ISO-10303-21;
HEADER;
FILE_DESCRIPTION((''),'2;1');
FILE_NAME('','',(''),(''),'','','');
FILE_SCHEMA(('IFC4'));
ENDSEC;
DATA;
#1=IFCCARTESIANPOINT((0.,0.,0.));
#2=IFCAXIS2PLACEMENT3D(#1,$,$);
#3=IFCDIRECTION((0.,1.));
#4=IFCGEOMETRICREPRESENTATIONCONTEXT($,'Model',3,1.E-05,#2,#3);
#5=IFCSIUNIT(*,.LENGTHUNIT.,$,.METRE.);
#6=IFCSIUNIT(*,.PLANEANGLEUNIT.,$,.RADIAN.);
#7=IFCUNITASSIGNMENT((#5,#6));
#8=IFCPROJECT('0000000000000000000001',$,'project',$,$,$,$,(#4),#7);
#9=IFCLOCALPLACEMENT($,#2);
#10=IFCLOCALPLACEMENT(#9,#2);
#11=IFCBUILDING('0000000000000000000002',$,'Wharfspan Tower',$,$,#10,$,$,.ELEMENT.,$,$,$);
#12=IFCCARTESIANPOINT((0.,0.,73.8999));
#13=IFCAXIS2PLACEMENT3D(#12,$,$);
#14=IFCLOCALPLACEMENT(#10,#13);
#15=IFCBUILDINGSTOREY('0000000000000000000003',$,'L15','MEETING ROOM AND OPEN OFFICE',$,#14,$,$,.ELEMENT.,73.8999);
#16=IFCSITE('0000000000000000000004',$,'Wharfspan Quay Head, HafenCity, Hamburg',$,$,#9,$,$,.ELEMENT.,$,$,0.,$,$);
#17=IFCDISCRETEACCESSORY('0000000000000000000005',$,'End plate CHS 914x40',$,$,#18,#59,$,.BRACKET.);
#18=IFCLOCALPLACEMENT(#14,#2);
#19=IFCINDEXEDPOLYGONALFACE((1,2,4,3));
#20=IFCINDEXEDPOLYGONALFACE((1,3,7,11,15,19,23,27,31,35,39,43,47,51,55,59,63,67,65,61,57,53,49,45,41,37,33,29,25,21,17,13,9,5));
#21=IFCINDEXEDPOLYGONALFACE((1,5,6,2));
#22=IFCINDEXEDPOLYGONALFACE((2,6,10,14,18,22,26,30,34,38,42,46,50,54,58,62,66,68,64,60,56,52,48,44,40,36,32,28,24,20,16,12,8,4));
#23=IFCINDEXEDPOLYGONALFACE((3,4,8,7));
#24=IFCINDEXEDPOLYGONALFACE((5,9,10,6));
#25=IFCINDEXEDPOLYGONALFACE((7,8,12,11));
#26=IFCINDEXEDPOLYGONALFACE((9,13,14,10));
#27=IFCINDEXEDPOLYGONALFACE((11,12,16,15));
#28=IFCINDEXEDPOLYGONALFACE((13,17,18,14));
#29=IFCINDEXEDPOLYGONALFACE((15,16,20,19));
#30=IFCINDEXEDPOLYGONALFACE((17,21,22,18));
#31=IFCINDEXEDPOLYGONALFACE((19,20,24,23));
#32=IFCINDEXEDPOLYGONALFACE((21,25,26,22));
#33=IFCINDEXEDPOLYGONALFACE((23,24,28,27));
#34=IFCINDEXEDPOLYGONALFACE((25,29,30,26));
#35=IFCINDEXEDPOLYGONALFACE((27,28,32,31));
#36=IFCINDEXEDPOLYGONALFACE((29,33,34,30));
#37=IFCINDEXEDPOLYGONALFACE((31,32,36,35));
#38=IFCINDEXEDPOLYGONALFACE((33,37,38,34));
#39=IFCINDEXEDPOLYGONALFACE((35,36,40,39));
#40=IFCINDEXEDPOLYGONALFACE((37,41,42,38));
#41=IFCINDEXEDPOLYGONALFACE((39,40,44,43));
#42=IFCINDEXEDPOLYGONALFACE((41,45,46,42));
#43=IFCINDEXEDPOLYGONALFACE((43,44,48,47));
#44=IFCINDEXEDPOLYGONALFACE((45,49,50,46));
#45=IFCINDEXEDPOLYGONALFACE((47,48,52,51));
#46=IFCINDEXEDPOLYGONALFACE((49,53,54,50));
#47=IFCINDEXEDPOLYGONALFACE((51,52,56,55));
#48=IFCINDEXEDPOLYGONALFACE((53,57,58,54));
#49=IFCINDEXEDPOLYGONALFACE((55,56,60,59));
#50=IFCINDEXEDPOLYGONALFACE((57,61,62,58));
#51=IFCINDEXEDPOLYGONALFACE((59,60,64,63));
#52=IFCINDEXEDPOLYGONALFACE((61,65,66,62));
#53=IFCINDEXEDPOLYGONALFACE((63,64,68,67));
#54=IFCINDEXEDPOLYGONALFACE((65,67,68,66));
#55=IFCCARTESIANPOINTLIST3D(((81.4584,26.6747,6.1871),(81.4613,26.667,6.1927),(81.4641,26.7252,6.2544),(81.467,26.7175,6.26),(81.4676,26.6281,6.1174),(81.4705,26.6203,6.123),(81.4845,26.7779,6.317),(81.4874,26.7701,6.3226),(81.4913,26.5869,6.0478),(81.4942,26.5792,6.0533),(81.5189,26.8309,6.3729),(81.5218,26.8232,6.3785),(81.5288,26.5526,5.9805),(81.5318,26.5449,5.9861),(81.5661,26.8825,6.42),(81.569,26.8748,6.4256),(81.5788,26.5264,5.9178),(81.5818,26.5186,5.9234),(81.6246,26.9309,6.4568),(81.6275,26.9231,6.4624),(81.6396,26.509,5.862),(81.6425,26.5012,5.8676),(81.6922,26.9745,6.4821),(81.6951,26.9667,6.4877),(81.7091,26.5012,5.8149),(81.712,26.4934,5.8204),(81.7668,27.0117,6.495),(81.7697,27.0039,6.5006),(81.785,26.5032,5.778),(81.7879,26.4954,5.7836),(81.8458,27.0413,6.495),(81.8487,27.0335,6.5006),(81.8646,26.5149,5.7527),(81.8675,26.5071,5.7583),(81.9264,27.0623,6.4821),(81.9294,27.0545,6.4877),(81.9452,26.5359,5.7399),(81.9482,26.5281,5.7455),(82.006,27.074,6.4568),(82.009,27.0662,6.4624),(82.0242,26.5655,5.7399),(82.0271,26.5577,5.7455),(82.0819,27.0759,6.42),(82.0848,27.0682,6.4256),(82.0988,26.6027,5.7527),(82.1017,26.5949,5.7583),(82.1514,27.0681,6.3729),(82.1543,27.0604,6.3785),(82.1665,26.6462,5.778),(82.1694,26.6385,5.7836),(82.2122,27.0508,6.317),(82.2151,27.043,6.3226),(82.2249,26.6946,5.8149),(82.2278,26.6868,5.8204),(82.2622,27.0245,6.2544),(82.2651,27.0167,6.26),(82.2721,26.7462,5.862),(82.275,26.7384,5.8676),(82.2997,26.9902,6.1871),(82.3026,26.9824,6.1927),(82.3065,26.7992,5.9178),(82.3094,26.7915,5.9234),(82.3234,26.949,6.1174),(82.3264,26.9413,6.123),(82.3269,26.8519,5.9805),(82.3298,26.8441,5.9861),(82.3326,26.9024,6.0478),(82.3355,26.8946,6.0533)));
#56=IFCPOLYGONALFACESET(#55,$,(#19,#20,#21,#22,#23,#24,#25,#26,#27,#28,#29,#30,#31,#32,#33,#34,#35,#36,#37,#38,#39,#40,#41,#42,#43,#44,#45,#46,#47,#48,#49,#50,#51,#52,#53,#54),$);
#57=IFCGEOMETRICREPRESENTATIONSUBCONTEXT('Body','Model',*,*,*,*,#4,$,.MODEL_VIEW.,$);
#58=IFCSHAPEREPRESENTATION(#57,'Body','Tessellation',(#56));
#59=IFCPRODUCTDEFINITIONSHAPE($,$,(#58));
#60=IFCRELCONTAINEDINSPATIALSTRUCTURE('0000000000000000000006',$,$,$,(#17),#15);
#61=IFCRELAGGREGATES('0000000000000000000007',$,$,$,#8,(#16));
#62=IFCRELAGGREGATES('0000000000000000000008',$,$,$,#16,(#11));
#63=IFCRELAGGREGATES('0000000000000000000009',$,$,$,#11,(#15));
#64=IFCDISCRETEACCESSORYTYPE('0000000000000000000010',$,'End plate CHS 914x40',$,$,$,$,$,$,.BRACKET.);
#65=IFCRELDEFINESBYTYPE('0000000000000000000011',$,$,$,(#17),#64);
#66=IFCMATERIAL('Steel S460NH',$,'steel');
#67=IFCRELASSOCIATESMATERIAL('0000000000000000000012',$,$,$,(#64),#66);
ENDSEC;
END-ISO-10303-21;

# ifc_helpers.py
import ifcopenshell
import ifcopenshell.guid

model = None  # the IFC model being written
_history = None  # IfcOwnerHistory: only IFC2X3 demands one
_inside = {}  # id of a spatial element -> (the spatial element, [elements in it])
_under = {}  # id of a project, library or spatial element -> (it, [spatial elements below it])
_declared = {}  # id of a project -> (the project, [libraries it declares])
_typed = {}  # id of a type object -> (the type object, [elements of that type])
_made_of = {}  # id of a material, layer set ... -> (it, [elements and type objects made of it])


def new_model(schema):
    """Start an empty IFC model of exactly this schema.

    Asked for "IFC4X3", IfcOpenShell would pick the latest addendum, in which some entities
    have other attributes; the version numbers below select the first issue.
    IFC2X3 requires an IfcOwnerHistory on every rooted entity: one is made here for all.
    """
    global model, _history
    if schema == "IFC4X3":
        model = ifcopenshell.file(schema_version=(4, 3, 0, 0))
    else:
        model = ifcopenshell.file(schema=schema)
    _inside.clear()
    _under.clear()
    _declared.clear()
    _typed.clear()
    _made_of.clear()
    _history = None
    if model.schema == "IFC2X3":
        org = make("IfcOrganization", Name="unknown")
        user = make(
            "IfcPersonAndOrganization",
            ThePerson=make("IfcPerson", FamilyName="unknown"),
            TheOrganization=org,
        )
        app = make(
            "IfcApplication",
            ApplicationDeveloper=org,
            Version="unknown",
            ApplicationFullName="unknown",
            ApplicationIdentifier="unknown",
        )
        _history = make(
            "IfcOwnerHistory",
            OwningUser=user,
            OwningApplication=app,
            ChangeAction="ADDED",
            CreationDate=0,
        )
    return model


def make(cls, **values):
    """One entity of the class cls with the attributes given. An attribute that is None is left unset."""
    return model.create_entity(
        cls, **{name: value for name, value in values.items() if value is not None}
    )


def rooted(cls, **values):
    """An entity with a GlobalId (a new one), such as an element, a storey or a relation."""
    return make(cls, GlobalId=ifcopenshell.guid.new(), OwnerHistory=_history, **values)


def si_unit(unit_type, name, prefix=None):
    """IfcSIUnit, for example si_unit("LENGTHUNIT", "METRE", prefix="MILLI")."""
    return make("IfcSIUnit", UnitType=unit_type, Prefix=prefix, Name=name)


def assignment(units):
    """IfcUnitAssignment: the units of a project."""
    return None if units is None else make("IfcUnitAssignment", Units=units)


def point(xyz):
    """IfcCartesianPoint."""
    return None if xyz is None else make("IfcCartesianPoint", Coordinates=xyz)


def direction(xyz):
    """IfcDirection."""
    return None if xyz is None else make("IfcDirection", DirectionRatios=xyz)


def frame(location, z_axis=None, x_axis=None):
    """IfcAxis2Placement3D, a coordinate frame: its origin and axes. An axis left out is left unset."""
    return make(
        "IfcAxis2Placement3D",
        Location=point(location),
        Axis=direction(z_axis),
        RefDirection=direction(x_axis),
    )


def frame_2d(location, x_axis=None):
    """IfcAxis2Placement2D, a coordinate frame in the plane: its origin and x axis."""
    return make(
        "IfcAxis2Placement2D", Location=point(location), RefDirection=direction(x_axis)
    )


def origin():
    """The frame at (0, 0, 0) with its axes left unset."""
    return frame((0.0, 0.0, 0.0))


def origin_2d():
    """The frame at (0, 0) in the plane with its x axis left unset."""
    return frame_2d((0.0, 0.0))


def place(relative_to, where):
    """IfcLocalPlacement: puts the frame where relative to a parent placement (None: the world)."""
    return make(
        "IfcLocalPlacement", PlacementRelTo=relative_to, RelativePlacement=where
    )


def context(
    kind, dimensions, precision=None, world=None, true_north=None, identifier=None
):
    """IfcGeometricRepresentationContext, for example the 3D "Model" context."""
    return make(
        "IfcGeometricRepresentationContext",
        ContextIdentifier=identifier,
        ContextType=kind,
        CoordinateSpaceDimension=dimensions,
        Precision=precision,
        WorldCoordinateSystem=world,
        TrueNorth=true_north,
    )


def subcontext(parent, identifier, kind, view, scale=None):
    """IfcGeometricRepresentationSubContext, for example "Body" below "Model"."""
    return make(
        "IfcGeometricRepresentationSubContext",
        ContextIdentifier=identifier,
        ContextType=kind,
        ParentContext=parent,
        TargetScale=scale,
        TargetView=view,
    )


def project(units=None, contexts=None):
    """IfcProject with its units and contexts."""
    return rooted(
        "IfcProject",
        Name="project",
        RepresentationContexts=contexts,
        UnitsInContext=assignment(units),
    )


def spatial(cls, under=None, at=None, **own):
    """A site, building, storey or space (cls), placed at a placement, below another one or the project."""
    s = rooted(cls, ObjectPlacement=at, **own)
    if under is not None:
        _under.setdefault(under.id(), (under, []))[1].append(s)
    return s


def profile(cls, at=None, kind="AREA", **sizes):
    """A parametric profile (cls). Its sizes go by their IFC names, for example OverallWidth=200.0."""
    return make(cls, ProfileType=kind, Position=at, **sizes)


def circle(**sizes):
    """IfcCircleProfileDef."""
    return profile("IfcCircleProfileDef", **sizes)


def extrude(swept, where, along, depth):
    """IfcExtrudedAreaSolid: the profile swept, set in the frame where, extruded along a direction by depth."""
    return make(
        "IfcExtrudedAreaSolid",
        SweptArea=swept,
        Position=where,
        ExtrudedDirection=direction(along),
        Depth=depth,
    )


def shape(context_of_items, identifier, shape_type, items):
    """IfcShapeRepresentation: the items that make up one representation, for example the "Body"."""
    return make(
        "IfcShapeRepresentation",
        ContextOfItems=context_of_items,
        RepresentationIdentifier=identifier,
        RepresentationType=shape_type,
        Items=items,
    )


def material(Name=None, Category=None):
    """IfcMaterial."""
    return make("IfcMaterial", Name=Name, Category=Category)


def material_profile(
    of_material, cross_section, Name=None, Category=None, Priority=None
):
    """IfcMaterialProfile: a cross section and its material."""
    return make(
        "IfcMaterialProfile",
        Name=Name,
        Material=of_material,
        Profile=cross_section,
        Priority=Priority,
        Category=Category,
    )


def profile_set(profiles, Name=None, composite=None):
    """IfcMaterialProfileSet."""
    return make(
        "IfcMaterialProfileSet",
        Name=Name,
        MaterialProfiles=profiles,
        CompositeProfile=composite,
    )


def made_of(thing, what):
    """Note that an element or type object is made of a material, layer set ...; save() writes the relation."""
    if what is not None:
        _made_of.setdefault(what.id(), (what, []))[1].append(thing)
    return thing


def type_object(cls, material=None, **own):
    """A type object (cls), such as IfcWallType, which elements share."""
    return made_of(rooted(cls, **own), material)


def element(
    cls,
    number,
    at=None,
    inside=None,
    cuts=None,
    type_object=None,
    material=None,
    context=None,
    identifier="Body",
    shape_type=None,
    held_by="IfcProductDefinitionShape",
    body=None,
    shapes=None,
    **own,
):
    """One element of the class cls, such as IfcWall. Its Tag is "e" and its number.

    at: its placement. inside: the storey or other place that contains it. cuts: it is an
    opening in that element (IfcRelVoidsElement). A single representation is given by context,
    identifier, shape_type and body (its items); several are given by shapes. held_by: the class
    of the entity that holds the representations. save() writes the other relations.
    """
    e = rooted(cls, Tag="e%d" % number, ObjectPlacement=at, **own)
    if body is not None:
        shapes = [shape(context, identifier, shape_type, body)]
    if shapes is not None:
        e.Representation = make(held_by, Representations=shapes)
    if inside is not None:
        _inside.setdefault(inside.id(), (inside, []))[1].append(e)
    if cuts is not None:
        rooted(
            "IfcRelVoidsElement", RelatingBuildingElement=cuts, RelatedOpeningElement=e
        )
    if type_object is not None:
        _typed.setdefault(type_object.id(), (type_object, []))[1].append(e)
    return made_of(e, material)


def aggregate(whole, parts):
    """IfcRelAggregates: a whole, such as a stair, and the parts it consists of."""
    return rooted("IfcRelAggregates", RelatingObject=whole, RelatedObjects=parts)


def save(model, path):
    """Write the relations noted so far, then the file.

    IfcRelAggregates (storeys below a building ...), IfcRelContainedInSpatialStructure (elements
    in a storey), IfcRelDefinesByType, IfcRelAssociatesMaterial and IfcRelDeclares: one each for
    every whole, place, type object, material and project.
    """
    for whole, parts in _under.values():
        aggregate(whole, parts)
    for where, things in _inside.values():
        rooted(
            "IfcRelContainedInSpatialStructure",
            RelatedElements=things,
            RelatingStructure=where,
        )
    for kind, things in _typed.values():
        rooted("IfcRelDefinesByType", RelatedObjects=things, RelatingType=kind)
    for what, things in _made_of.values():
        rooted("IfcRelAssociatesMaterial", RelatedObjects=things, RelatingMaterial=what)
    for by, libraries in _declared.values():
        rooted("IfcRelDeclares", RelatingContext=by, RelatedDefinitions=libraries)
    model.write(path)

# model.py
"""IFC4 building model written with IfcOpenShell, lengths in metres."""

from ifc_helpers import new_model, si_unit, direction, frame, origin, origin_2d, place, context, subcontext, project, spatial, circle, extrude, material, material_profile, profile_set, type_object, element, save


model = new_model("IFC4")

# Units and contexts
model_context = context("Model", 3, precision=1e-05, world=origin(), true_north=direction((0.0, 1.0)))
body_context = subcontext(model_context, "Body", "Model", "MODEL_VIEW")
ifc_project = project(units=[si_unit("LENGTHUNIT", "METRE"), si_unit("PLANEANGLEUNIT", "RADIAN")], contexts=[model_context])

# Site, building, storey
site_placement = place(None, origin())
site = spatial("IfcSite", under=ifc_project, at=site_placement, Name="Wharfspan Quay Head, HafenCity, Hamburg", CompositionType="ELEMENT", RefElevation=0.0)
building_placement = place(site_placement, origin())
building = spatial("IfcBuilding", under=site, at=building_placement, Name="Wharfspan Tower", CompositionType="ELEMENT")
storey_placement = place(building_placement, frame((0.0, 0.0, 73.8999)))
storey = spatial("IfcBuildingStorey", under=building, at=storey_placement, Name="L15", Description="MEETING ROOM AND OPEN OFFICE", CompositionType="ELEMENT", Elevation=73.8999)

# Shared definitions
ifc_material_1 = material(Name="Steel S460NH", Category="steel")

# Discrete accessory
ifc_material_profile_1 = material_profile(ifc_material_1, circle(Radius=0.457, at=origin_2d()))
ifc_profile_set_1 = profile_set([ifc_material_profile_1], Name="Steel S460NH")
discrete_accessory_type = type_object("IfcDiscreteAccessoryType", Name="End plate CHS 914x40", PredefinedType="BRACKET", material=ifc_profile_set_1)
for number, where, z_axis, x_axis, name in (
    (1, (81.8955, 26.7886, 6.1174), (0.2913, -0.7768, 0.558325), (0.936328, 0.351123, 0.0), "End plate CHS 914x40"),
):
    element("IfcDiscreteAccessory", number, at=place(storey_placement, frame(where, z_axis=z_axis, x_axis=x_axis)), inside=storey, type_object=discrete_accessory_type, Name=name, PredefinedType="BRACKET", context=body_context, shape_type="SweptSolid", body=[
        extrude(circle(Radius=0.457, at=origin_2d()), origin(), (0.0, 0.0, 1.0), 0.01),
    ])

save(model, "model.ifc")
